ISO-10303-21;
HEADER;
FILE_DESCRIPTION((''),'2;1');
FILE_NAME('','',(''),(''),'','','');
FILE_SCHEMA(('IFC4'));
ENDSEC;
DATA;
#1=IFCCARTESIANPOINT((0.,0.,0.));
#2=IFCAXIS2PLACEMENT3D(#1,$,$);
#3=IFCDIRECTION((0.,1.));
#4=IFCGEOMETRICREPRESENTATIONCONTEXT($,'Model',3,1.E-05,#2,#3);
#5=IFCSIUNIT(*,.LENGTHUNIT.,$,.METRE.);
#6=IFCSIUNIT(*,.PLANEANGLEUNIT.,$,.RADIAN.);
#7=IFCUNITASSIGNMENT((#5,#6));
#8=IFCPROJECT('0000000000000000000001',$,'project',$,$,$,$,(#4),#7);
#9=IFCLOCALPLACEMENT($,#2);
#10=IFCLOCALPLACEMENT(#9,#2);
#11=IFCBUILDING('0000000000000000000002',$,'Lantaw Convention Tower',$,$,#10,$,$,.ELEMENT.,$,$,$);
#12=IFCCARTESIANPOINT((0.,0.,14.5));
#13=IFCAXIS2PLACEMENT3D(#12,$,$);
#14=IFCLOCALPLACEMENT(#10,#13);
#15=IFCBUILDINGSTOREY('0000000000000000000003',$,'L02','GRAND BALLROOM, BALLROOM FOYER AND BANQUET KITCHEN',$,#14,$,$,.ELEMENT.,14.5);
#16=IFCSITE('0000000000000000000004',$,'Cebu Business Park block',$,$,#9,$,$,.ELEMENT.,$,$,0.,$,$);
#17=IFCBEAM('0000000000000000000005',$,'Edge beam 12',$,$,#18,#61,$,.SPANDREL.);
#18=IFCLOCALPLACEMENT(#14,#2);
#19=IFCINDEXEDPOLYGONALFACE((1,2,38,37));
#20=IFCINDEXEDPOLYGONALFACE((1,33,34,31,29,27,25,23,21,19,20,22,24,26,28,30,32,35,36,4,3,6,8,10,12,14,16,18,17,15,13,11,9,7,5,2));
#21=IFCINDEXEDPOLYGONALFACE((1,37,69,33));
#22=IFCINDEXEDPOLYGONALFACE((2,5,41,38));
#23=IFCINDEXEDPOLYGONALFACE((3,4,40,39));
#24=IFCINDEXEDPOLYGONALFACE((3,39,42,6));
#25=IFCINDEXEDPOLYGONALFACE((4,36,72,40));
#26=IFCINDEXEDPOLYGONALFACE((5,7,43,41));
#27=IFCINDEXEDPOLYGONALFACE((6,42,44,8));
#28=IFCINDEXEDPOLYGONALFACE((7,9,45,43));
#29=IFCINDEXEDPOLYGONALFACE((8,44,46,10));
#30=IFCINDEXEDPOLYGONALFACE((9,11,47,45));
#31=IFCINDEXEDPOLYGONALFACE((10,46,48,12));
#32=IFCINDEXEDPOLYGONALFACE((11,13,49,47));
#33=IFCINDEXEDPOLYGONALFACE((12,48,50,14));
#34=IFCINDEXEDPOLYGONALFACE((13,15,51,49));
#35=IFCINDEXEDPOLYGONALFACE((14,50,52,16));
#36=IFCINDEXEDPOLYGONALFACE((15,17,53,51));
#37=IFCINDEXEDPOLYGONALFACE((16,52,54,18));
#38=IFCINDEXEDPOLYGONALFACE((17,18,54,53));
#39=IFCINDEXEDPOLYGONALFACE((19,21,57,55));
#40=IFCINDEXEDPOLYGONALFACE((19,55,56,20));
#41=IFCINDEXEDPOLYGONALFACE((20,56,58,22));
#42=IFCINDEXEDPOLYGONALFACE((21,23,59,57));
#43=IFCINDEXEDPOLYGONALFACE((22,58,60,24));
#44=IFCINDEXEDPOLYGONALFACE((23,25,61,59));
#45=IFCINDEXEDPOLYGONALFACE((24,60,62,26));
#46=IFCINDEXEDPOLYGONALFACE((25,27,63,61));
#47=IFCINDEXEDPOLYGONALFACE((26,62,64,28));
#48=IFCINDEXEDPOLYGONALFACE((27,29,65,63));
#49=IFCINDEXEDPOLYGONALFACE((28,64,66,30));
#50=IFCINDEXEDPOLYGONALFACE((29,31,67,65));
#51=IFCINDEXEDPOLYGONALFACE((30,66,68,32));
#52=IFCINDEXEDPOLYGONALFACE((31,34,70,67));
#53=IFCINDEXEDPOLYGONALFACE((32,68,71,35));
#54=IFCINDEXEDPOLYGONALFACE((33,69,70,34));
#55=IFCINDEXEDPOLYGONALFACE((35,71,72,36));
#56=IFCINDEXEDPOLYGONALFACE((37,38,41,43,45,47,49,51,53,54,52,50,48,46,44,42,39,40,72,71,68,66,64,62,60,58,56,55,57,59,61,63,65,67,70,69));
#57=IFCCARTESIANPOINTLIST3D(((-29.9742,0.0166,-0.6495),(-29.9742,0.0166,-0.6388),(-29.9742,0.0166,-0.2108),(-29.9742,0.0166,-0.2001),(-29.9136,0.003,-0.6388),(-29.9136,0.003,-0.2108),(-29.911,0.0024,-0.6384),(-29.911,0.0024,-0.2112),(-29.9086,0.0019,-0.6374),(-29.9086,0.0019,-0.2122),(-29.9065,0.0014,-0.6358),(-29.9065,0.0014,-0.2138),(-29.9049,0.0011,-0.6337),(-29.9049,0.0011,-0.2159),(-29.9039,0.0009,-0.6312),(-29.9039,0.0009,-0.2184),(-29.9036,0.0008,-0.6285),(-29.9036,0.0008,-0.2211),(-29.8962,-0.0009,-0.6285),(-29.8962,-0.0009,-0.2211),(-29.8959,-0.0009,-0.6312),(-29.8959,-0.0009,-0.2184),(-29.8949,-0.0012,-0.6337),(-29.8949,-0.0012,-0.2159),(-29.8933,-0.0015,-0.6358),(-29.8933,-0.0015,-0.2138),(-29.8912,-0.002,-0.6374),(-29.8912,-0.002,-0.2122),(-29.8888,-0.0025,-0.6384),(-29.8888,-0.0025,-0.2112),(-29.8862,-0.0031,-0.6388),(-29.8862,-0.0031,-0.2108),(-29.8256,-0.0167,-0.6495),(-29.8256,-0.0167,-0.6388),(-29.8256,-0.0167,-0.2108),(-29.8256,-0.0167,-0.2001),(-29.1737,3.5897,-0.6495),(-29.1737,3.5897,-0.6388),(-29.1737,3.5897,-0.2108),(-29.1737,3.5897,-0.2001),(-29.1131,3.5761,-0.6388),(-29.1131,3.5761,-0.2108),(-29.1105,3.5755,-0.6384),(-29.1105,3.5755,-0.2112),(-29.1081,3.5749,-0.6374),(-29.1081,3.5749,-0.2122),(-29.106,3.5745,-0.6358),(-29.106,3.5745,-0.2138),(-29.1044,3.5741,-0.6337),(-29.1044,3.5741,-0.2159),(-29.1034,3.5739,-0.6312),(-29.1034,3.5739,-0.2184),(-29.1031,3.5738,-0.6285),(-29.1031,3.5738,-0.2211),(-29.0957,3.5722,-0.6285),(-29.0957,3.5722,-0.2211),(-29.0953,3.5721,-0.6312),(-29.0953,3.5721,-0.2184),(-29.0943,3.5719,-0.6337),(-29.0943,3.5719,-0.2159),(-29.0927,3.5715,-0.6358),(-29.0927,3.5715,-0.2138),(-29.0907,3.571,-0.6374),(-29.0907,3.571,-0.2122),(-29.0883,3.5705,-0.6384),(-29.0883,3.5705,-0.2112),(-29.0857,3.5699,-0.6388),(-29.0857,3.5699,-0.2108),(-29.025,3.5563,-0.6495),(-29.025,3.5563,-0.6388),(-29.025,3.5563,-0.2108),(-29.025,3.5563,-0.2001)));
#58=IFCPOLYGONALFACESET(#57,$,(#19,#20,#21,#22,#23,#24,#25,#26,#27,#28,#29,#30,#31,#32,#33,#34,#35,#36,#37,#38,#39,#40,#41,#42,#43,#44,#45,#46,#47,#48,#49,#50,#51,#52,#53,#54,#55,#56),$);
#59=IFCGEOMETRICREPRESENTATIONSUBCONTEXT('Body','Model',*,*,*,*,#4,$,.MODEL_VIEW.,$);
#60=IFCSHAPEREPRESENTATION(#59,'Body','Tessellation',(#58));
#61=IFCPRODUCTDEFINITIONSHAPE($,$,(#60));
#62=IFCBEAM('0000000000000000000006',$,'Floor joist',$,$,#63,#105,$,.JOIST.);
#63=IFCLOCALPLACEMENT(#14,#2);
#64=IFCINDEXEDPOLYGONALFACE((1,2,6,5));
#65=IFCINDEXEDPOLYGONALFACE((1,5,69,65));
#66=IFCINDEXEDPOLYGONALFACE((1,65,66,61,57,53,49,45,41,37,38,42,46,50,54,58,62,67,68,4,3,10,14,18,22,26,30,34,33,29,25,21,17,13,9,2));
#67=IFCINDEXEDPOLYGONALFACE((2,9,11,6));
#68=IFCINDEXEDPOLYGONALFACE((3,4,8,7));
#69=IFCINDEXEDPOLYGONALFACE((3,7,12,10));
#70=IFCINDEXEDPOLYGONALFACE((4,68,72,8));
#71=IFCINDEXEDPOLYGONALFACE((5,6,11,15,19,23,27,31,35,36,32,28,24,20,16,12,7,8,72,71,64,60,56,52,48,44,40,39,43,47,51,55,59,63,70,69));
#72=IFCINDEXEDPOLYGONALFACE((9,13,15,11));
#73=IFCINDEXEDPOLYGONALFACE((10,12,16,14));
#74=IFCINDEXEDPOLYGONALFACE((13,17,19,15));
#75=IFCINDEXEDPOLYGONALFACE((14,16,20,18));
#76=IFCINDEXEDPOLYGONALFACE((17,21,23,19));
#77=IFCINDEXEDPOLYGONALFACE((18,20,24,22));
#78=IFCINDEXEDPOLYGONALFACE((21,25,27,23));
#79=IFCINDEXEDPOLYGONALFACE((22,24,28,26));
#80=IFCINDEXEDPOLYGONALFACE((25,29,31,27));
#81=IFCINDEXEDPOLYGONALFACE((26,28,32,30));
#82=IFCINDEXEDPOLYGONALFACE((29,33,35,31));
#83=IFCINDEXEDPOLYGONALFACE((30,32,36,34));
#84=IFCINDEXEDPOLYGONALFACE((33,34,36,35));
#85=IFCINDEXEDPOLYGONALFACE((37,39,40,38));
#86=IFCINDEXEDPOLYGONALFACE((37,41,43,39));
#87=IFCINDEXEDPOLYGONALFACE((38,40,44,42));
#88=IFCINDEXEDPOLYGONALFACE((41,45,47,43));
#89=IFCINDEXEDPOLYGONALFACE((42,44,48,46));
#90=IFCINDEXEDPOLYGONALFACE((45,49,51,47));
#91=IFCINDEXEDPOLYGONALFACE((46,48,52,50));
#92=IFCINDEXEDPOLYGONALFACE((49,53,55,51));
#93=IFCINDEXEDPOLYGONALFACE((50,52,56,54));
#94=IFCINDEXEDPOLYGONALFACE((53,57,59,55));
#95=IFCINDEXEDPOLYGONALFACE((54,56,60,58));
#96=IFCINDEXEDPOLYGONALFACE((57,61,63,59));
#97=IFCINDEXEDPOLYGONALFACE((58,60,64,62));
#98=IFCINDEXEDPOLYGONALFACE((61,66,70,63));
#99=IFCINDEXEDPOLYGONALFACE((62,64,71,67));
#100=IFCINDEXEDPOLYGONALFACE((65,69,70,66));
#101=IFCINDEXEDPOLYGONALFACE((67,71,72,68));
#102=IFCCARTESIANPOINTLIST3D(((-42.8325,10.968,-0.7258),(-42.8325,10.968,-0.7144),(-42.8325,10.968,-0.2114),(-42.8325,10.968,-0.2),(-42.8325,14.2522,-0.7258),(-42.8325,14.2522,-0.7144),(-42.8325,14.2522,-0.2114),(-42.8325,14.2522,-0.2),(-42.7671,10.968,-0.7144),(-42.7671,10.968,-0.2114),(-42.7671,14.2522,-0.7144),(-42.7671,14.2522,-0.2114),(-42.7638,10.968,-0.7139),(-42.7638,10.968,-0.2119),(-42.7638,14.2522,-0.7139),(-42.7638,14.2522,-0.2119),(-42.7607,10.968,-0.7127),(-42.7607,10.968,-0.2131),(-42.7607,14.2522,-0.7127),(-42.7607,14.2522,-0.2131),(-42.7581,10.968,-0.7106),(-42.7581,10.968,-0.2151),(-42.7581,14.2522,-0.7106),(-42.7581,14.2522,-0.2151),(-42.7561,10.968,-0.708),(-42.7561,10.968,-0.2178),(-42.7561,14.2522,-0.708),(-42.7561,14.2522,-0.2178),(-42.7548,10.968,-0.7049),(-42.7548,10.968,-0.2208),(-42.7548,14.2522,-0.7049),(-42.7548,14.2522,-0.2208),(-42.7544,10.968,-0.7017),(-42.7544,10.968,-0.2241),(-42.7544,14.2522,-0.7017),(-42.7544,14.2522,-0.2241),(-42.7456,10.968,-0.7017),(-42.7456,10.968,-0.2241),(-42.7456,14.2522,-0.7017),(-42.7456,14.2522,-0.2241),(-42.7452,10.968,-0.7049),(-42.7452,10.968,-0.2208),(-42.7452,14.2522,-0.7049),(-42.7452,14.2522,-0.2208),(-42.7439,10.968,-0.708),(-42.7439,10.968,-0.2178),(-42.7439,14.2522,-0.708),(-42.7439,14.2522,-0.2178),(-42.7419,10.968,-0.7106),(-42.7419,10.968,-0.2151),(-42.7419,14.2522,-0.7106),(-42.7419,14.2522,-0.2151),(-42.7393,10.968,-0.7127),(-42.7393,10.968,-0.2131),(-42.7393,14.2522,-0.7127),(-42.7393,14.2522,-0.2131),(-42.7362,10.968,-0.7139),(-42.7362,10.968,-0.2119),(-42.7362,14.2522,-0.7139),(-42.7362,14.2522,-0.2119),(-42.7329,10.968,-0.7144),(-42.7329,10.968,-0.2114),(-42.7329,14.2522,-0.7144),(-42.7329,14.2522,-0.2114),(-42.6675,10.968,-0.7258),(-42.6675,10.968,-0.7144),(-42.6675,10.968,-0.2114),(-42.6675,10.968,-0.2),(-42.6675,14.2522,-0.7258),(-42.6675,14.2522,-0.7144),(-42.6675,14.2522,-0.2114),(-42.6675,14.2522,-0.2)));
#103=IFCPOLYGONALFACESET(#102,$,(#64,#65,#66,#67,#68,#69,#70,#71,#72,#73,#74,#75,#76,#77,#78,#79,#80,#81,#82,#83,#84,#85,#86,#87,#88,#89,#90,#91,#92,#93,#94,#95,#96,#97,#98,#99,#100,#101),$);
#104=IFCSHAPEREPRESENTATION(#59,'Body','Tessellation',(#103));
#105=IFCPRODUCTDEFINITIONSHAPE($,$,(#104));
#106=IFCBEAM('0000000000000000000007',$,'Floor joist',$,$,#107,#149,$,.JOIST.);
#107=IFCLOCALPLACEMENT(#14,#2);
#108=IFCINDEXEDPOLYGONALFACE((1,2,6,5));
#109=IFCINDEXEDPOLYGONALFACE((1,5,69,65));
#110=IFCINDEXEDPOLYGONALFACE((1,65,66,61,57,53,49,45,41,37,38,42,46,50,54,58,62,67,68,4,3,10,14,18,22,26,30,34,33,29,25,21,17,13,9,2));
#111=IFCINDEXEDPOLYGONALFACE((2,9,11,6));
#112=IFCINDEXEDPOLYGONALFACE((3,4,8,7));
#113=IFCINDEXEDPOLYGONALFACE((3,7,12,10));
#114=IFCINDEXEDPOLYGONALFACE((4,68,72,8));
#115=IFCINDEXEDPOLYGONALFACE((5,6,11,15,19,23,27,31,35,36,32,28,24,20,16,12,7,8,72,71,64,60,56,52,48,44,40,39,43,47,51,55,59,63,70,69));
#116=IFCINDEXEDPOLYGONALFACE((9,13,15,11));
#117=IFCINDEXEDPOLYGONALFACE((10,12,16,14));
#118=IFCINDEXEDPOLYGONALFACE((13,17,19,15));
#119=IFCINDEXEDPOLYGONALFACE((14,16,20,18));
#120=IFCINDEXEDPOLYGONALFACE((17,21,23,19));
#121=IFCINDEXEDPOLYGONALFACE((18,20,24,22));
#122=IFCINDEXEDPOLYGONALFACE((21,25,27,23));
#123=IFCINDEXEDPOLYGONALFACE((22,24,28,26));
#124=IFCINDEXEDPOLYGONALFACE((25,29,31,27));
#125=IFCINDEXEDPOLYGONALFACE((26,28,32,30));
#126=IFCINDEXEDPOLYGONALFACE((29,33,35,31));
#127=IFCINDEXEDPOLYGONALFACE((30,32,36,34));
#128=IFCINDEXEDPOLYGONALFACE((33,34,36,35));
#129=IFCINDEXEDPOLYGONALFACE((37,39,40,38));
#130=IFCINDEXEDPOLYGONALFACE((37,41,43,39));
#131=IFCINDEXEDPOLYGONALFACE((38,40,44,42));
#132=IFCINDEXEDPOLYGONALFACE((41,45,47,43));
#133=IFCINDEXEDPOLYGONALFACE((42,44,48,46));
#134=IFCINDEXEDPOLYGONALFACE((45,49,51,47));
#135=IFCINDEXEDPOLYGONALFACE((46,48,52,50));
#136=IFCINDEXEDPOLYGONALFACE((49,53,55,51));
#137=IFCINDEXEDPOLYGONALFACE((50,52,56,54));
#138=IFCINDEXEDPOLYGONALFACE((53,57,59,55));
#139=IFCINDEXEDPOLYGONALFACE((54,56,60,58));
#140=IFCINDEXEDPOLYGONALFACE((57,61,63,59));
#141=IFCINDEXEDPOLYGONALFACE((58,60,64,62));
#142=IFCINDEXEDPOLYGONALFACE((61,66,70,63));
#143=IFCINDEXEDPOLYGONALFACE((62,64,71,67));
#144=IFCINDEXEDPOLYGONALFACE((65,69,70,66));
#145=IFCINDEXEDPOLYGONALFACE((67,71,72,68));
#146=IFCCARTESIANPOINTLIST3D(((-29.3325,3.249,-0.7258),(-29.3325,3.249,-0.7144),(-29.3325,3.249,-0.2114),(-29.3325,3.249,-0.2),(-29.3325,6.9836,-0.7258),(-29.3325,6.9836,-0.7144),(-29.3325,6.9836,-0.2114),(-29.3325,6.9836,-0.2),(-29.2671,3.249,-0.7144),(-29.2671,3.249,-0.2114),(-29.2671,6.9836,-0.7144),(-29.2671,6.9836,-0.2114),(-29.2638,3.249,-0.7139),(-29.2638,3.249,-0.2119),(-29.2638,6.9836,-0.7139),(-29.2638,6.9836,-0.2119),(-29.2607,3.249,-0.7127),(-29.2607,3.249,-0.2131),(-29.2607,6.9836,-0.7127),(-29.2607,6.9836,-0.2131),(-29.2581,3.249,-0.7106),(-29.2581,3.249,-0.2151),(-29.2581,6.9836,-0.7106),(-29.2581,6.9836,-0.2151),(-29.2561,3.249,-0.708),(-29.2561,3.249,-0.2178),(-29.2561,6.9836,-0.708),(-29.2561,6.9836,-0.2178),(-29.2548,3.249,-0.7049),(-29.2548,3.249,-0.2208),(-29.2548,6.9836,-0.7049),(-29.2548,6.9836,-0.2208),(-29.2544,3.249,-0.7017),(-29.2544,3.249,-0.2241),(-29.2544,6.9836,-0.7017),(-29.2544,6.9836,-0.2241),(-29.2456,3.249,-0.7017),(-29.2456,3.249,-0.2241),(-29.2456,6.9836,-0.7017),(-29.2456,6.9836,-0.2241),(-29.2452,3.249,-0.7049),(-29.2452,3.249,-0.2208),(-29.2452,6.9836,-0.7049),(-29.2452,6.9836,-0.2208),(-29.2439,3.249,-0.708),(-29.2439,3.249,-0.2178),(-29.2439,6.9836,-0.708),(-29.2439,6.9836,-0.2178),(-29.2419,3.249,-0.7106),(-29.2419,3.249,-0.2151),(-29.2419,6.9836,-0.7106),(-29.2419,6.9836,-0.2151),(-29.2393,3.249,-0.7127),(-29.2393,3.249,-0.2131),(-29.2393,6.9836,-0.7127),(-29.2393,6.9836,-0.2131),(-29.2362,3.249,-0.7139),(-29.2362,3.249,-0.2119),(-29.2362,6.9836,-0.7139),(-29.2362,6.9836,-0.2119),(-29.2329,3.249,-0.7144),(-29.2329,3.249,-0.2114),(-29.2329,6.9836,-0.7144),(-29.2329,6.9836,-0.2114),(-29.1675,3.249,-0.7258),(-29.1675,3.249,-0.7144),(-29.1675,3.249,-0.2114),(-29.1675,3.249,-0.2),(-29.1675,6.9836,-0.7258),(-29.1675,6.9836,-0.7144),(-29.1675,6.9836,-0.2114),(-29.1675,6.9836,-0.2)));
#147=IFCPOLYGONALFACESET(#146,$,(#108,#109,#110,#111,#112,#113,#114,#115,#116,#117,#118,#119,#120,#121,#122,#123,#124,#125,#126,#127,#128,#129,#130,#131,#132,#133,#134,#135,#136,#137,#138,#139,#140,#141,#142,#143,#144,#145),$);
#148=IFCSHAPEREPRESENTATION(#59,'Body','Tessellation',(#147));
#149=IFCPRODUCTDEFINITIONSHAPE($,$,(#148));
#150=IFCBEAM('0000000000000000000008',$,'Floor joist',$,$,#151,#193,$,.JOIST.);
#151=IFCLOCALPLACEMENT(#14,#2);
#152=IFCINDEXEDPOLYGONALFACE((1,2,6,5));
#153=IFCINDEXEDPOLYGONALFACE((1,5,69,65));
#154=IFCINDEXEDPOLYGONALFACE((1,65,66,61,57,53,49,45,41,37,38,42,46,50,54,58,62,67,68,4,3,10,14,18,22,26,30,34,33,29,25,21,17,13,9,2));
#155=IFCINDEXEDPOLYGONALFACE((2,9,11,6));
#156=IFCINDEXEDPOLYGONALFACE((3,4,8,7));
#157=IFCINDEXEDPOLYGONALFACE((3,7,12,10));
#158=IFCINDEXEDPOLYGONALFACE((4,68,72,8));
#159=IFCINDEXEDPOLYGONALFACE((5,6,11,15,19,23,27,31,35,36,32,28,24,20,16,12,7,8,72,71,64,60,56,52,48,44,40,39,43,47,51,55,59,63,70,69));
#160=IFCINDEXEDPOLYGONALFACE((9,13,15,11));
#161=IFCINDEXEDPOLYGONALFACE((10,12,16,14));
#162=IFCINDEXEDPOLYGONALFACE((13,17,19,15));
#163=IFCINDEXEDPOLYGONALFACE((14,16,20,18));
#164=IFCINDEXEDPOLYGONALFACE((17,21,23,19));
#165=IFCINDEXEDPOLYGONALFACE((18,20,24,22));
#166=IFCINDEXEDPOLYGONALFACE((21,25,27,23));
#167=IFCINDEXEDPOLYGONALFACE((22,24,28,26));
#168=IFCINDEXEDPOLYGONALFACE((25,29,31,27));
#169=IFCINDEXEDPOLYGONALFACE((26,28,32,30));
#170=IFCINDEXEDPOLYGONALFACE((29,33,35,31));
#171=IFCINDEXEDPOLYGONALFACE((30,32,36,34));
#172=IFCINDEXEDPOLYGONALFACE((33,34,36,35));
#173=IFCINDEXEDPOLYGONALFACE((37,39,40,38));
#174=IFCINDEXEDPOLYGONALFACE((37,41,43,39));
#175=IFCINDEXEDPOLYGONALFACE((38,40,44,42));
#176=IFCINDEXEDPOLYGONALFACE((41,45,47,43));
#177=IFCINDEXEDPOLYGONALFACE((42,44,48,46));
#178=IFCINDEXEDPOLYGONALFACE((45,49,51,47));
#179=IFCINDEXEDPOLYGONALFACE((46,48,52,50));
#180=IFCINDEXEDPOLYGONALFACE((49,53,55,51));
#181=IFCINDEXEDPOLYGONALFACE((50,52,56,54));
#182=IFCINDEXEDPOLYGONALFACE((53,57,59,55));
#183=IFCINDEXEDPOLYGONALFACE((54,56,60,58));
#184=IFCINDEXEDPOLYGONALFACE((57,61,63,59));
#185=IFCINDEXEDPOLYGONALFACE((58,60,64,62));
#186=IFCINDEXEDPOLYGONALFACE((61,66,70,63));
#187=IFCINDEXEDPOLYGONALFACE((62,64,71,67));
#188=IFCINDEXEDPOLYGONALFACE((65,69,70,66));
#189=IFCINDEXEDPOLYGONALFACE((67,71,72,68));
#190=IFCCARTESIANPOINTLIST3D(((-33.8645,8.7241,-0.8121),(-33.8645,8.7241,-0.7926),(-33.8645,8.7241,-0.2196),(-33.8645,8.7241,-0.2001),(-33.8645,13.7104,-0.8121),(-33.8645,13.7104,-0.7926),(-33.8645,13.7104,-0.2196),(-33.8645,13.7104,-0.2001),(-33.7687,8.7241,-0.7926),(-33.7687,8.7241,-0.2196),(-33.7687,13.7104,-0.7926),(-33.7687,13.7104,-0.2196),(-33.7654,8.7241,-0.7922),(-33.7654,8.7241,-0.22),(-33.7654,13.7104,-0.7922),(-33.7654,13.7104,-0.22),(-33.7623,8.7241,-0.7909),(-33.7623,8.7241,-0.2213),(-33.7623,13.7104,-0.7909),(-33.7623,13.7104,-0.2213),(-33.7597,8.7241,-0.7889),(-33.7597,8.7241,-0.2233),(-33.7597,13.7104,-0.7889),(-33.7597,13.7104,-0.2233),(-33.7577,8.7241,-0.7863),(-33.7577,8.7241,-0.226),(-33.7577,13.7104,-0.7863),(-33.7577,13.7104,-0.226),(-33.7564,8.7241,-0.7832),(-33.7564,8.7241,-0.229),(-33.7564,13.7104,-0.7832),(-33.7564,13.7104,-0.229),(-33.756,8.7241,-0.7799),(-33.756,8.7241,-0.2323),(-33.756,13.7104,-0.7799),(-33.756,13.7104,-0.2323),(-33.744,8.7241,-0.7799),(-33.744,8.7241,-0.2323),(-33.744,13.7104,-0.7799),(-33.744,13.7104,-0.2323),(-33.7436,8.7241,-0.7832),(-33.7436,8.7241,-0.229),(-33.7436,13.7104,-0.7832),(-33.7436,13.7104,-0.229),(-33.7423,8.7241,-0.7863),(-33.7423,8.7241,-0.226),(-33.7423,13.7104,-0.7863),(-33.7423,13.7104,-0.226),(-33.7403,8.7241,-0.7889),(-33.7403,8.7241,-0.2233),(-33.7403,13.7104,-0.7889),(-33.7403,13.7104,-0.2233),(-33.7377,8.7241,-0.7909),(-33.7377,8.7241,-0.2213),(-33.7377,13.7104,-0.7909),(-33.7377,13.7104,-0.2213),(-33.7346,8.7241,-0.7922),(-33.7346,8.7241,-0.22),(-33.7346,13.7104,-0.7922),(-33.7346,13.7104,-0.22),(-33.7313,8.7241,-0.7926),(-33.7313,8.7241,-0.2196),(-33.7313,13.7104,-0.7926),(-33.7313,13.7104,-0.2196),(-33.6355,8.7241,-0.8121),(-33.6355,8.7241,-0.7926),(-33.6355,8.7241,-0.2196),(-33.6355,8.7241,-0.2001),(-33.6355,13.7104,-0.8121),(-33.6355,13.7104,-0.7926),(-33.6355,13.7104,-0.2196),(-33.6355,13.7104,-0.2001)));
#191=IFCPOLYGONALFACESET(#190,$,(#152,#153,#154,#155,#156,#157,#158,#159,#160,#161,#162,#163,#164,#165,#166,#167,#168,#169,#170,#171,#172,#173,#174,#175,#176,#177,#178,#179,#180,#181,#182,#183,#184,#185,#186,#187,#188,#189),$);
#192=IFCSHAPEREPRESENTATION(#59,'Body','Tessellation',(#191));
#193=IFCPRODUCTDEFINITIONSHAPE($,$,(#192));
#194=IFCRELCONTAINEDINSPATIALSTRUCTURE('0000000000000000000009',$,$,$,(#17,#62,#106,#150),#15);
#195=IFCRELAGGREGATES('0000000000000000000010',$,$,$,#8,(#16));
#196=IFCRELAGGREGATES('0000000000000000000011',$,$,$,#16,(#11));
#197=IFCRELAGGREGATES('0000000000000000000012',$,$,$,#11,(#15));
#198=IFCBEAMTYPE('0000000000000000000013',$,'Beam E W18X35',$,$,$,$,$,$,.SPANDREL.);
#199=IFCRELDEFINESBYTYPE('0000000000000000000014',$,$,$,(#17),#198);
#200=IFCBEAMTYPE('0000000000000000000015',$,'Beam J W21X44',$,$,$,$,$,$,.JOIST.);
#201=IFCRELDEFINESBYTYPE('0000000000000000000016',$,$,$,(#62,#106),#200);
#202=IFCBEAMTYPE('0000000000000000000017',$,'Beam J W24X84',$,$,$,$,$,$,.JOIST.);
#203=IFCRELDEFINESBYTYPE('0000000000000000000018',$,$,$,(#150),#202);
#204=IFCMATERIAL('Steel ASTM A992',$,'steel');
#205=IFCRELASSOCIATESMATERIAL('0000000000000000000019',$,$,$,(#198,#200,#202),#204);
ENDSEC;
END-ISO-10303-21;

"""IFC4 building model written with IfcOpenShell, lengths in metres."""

from ifc_helpers import new_model, si_unit, direction, frame, origin, origin_2d, place, context, subcontext, project, spatial, i_section, extrude, material, material_profile, profile_set, type_object, element, save


model = new_model("IFC4")

# Units and contexts
model_context = context("Model", 3, precision=1e-05, world=origin(), true_north=direction((0.0, 1.0)))
body_context = subcontext(model_context, "Body", "Model", "MODEL_VIEW")
ifc_project = project(units=[si_unit("LENGTHUNIT", "METRE"), si_unit("PLANEANGLEUNIT", "RADIAN")], contexts=[model_context])

# Site, building, storey
site_placement = place(None, origin())
site = spatial("IfcSite", under=ifc_project, at=site_placement, Name="Cebu Business Park block", CompositionType="ELEMENT", RefElevation=0.0)
building_placement = place(site_placement, origin())
building = spatial("IfcBuilding", under=site, at=building_placement, Name="Lantaw Convention Tower", CompositionType="ELEMENT")
storey_placement = place(building_placement, frame((0.0, 0.0, 14.5)))
storey = spatial("IfcBuildingStorey", under=building, at=storey_placement, Name="L02", Description="GRAND BALLROOM, BALLROOM FOYER AND BANQUET KITCHEN", CompositionType="ELEMENT", Elevation=14.5)

# Beams
ifc_material_1 = material(Name="Steel ASTM A992", Category="steel")
ifc_material_profile_1 = material_profile(ifc_material_1, i_section(OverallWidth=0.1523, OverallDepth=0.4495, WebThickness=0.0076, FlangeThickness=0.0107, FilletRadius=0.0103, at=origin_2d()), Name="W18X35")
ifc_profile_set_1 = profile_set([ifc_material_profile_1], Name="Steel ASTM A992")
beam_type_1 = type_object("IfcBeamType", Name="Beam E W18X35", PredefinedType="SPANDREL", material=ifc_profile_set_1)
beam_1_placement = place(storey_placement, frame((-29.0994, 3.573, -0.4248), z_axis=(-0.218632, -0.975807, 0.0), x_axis=(0.975807, -0.218632, 0.0)))
element("IfcBeam", 1, at=beam_1_placement, inside=storey, type_object=beam_type_1, Name="Edge beam 12", PredefinedType="SPANDREL", context=body_context, shape_type="SweptSolid", body=[
    extrude(i_section(OverallWidth=0.1523, OverallDepth=0.4495, WebThickness=0.0076, FlangeThickness=0.0107, FilletRadius=0.0103, at=origin_2d()), origin(), (0.0, 0.0, 1.0), 3.6616),
])
ifc_material_profile_2 = material_profile(ifc_material_1, i_section(OverallWidth=0.165, OverallDepth=0.5259, WebThickness=0.0088, FlangeThickness=0.0115, FilletRadius=0.0127, at=origin_2d()), Name="W21X44")
ifc_profile_set_2 = profile_set([ifc_material_profile_2], Name="Steel ASTM A992")
beam_type_2 = type_object("IfcBeamType", Name="Beam J W21X44", PredefinedType="JOIST", material=ifc_profile_set_2)
beam_2_placement = place(storey_placement, frame((-42.75, 10.968, -0.4629), z_axis=(0.0, 1.0, 0.0), x_axis=(-1.0, 0.0, 0.0)))
element("IfcBeam", 2, at=beam_2_placement, inside=storey, type_object=beam_type_2, Name="Floor joist", PredefinedType="JOIST", context=body_context, shape_type="SweptSolid", body=[
    extrude(i_section(OverallWidth=0.165, OverallDepth=0.5259, WebThickness=0.0088, FlangeThickness=0.0115, FilletRadius=0.0127, at=origin_2d()), origin(), (0.0, 0.0, 1.0), 3.2842),
])
beam_3_placement = place(storey_placement, frame((-29.25, 3.249, -0.4629), z_axis=(0.0, 1.0, 0.0), x_axis=(-1.0, 0.0, 0.0)))
element("IfcBeam", 3, at=beam_3_placement, inside=storey, type_object=beam_type_2, Name="Floor joist", PredefinedType="JOIST", context=body_context, shape_type="SweptSolid", body=[
    extrude(i_section(OverallWidth=0.165, OverallDepth=0.5259, WebThickness=0.0088, FlangeThickness=0.0115, FilletRadius=0.0127, at=origin_2d()), origin(), (0.0, 0.0, 1.0), 3.7346),
])
ifc_material_profile_3 = material_profile(ifc_material_1, i_section(OverallWidth=0.229, OverallDepth=0.6121, WebThickness=0.012, FlangeThickness=0.0195, FilletRadius=0.0127, at=origin_2d()), Name="W24X84")
ifc_profile_set_3 = profile_set([ifc_material_profile_3], Name="Steel ASTM A992")
beam_type_3 = type_object("IfcBeamType", Name="Beam J W24X84", PredefinedType="JOIST", material=ifc_profile_set_3)
beam_4_placement = place(storey_placement, frame((-33.75, 8.7241, -0.5061), z_axis=(0.0, 1.0, 0.0), x_axis=(-1.0, 0.0, 0.0)))
element("IfcBeam", 4, at=beam_4_placement, inside=storey, type_object=beam_type_3, Name="Floor joist", PredefinedType="JOIST", context=body_context, shape_type="SweptSolid", body=[
    extrude(i_section(OverallWidth=0.229, OverallDepth=0.6121, WebThickness=0.012, FlangeThickness=0.0195, FilletRadius=0.0127, at=origin_2d()), origin(), (0.0, 0.0, 1.0), 4.9863),
])

save(model, "model.ifc")
